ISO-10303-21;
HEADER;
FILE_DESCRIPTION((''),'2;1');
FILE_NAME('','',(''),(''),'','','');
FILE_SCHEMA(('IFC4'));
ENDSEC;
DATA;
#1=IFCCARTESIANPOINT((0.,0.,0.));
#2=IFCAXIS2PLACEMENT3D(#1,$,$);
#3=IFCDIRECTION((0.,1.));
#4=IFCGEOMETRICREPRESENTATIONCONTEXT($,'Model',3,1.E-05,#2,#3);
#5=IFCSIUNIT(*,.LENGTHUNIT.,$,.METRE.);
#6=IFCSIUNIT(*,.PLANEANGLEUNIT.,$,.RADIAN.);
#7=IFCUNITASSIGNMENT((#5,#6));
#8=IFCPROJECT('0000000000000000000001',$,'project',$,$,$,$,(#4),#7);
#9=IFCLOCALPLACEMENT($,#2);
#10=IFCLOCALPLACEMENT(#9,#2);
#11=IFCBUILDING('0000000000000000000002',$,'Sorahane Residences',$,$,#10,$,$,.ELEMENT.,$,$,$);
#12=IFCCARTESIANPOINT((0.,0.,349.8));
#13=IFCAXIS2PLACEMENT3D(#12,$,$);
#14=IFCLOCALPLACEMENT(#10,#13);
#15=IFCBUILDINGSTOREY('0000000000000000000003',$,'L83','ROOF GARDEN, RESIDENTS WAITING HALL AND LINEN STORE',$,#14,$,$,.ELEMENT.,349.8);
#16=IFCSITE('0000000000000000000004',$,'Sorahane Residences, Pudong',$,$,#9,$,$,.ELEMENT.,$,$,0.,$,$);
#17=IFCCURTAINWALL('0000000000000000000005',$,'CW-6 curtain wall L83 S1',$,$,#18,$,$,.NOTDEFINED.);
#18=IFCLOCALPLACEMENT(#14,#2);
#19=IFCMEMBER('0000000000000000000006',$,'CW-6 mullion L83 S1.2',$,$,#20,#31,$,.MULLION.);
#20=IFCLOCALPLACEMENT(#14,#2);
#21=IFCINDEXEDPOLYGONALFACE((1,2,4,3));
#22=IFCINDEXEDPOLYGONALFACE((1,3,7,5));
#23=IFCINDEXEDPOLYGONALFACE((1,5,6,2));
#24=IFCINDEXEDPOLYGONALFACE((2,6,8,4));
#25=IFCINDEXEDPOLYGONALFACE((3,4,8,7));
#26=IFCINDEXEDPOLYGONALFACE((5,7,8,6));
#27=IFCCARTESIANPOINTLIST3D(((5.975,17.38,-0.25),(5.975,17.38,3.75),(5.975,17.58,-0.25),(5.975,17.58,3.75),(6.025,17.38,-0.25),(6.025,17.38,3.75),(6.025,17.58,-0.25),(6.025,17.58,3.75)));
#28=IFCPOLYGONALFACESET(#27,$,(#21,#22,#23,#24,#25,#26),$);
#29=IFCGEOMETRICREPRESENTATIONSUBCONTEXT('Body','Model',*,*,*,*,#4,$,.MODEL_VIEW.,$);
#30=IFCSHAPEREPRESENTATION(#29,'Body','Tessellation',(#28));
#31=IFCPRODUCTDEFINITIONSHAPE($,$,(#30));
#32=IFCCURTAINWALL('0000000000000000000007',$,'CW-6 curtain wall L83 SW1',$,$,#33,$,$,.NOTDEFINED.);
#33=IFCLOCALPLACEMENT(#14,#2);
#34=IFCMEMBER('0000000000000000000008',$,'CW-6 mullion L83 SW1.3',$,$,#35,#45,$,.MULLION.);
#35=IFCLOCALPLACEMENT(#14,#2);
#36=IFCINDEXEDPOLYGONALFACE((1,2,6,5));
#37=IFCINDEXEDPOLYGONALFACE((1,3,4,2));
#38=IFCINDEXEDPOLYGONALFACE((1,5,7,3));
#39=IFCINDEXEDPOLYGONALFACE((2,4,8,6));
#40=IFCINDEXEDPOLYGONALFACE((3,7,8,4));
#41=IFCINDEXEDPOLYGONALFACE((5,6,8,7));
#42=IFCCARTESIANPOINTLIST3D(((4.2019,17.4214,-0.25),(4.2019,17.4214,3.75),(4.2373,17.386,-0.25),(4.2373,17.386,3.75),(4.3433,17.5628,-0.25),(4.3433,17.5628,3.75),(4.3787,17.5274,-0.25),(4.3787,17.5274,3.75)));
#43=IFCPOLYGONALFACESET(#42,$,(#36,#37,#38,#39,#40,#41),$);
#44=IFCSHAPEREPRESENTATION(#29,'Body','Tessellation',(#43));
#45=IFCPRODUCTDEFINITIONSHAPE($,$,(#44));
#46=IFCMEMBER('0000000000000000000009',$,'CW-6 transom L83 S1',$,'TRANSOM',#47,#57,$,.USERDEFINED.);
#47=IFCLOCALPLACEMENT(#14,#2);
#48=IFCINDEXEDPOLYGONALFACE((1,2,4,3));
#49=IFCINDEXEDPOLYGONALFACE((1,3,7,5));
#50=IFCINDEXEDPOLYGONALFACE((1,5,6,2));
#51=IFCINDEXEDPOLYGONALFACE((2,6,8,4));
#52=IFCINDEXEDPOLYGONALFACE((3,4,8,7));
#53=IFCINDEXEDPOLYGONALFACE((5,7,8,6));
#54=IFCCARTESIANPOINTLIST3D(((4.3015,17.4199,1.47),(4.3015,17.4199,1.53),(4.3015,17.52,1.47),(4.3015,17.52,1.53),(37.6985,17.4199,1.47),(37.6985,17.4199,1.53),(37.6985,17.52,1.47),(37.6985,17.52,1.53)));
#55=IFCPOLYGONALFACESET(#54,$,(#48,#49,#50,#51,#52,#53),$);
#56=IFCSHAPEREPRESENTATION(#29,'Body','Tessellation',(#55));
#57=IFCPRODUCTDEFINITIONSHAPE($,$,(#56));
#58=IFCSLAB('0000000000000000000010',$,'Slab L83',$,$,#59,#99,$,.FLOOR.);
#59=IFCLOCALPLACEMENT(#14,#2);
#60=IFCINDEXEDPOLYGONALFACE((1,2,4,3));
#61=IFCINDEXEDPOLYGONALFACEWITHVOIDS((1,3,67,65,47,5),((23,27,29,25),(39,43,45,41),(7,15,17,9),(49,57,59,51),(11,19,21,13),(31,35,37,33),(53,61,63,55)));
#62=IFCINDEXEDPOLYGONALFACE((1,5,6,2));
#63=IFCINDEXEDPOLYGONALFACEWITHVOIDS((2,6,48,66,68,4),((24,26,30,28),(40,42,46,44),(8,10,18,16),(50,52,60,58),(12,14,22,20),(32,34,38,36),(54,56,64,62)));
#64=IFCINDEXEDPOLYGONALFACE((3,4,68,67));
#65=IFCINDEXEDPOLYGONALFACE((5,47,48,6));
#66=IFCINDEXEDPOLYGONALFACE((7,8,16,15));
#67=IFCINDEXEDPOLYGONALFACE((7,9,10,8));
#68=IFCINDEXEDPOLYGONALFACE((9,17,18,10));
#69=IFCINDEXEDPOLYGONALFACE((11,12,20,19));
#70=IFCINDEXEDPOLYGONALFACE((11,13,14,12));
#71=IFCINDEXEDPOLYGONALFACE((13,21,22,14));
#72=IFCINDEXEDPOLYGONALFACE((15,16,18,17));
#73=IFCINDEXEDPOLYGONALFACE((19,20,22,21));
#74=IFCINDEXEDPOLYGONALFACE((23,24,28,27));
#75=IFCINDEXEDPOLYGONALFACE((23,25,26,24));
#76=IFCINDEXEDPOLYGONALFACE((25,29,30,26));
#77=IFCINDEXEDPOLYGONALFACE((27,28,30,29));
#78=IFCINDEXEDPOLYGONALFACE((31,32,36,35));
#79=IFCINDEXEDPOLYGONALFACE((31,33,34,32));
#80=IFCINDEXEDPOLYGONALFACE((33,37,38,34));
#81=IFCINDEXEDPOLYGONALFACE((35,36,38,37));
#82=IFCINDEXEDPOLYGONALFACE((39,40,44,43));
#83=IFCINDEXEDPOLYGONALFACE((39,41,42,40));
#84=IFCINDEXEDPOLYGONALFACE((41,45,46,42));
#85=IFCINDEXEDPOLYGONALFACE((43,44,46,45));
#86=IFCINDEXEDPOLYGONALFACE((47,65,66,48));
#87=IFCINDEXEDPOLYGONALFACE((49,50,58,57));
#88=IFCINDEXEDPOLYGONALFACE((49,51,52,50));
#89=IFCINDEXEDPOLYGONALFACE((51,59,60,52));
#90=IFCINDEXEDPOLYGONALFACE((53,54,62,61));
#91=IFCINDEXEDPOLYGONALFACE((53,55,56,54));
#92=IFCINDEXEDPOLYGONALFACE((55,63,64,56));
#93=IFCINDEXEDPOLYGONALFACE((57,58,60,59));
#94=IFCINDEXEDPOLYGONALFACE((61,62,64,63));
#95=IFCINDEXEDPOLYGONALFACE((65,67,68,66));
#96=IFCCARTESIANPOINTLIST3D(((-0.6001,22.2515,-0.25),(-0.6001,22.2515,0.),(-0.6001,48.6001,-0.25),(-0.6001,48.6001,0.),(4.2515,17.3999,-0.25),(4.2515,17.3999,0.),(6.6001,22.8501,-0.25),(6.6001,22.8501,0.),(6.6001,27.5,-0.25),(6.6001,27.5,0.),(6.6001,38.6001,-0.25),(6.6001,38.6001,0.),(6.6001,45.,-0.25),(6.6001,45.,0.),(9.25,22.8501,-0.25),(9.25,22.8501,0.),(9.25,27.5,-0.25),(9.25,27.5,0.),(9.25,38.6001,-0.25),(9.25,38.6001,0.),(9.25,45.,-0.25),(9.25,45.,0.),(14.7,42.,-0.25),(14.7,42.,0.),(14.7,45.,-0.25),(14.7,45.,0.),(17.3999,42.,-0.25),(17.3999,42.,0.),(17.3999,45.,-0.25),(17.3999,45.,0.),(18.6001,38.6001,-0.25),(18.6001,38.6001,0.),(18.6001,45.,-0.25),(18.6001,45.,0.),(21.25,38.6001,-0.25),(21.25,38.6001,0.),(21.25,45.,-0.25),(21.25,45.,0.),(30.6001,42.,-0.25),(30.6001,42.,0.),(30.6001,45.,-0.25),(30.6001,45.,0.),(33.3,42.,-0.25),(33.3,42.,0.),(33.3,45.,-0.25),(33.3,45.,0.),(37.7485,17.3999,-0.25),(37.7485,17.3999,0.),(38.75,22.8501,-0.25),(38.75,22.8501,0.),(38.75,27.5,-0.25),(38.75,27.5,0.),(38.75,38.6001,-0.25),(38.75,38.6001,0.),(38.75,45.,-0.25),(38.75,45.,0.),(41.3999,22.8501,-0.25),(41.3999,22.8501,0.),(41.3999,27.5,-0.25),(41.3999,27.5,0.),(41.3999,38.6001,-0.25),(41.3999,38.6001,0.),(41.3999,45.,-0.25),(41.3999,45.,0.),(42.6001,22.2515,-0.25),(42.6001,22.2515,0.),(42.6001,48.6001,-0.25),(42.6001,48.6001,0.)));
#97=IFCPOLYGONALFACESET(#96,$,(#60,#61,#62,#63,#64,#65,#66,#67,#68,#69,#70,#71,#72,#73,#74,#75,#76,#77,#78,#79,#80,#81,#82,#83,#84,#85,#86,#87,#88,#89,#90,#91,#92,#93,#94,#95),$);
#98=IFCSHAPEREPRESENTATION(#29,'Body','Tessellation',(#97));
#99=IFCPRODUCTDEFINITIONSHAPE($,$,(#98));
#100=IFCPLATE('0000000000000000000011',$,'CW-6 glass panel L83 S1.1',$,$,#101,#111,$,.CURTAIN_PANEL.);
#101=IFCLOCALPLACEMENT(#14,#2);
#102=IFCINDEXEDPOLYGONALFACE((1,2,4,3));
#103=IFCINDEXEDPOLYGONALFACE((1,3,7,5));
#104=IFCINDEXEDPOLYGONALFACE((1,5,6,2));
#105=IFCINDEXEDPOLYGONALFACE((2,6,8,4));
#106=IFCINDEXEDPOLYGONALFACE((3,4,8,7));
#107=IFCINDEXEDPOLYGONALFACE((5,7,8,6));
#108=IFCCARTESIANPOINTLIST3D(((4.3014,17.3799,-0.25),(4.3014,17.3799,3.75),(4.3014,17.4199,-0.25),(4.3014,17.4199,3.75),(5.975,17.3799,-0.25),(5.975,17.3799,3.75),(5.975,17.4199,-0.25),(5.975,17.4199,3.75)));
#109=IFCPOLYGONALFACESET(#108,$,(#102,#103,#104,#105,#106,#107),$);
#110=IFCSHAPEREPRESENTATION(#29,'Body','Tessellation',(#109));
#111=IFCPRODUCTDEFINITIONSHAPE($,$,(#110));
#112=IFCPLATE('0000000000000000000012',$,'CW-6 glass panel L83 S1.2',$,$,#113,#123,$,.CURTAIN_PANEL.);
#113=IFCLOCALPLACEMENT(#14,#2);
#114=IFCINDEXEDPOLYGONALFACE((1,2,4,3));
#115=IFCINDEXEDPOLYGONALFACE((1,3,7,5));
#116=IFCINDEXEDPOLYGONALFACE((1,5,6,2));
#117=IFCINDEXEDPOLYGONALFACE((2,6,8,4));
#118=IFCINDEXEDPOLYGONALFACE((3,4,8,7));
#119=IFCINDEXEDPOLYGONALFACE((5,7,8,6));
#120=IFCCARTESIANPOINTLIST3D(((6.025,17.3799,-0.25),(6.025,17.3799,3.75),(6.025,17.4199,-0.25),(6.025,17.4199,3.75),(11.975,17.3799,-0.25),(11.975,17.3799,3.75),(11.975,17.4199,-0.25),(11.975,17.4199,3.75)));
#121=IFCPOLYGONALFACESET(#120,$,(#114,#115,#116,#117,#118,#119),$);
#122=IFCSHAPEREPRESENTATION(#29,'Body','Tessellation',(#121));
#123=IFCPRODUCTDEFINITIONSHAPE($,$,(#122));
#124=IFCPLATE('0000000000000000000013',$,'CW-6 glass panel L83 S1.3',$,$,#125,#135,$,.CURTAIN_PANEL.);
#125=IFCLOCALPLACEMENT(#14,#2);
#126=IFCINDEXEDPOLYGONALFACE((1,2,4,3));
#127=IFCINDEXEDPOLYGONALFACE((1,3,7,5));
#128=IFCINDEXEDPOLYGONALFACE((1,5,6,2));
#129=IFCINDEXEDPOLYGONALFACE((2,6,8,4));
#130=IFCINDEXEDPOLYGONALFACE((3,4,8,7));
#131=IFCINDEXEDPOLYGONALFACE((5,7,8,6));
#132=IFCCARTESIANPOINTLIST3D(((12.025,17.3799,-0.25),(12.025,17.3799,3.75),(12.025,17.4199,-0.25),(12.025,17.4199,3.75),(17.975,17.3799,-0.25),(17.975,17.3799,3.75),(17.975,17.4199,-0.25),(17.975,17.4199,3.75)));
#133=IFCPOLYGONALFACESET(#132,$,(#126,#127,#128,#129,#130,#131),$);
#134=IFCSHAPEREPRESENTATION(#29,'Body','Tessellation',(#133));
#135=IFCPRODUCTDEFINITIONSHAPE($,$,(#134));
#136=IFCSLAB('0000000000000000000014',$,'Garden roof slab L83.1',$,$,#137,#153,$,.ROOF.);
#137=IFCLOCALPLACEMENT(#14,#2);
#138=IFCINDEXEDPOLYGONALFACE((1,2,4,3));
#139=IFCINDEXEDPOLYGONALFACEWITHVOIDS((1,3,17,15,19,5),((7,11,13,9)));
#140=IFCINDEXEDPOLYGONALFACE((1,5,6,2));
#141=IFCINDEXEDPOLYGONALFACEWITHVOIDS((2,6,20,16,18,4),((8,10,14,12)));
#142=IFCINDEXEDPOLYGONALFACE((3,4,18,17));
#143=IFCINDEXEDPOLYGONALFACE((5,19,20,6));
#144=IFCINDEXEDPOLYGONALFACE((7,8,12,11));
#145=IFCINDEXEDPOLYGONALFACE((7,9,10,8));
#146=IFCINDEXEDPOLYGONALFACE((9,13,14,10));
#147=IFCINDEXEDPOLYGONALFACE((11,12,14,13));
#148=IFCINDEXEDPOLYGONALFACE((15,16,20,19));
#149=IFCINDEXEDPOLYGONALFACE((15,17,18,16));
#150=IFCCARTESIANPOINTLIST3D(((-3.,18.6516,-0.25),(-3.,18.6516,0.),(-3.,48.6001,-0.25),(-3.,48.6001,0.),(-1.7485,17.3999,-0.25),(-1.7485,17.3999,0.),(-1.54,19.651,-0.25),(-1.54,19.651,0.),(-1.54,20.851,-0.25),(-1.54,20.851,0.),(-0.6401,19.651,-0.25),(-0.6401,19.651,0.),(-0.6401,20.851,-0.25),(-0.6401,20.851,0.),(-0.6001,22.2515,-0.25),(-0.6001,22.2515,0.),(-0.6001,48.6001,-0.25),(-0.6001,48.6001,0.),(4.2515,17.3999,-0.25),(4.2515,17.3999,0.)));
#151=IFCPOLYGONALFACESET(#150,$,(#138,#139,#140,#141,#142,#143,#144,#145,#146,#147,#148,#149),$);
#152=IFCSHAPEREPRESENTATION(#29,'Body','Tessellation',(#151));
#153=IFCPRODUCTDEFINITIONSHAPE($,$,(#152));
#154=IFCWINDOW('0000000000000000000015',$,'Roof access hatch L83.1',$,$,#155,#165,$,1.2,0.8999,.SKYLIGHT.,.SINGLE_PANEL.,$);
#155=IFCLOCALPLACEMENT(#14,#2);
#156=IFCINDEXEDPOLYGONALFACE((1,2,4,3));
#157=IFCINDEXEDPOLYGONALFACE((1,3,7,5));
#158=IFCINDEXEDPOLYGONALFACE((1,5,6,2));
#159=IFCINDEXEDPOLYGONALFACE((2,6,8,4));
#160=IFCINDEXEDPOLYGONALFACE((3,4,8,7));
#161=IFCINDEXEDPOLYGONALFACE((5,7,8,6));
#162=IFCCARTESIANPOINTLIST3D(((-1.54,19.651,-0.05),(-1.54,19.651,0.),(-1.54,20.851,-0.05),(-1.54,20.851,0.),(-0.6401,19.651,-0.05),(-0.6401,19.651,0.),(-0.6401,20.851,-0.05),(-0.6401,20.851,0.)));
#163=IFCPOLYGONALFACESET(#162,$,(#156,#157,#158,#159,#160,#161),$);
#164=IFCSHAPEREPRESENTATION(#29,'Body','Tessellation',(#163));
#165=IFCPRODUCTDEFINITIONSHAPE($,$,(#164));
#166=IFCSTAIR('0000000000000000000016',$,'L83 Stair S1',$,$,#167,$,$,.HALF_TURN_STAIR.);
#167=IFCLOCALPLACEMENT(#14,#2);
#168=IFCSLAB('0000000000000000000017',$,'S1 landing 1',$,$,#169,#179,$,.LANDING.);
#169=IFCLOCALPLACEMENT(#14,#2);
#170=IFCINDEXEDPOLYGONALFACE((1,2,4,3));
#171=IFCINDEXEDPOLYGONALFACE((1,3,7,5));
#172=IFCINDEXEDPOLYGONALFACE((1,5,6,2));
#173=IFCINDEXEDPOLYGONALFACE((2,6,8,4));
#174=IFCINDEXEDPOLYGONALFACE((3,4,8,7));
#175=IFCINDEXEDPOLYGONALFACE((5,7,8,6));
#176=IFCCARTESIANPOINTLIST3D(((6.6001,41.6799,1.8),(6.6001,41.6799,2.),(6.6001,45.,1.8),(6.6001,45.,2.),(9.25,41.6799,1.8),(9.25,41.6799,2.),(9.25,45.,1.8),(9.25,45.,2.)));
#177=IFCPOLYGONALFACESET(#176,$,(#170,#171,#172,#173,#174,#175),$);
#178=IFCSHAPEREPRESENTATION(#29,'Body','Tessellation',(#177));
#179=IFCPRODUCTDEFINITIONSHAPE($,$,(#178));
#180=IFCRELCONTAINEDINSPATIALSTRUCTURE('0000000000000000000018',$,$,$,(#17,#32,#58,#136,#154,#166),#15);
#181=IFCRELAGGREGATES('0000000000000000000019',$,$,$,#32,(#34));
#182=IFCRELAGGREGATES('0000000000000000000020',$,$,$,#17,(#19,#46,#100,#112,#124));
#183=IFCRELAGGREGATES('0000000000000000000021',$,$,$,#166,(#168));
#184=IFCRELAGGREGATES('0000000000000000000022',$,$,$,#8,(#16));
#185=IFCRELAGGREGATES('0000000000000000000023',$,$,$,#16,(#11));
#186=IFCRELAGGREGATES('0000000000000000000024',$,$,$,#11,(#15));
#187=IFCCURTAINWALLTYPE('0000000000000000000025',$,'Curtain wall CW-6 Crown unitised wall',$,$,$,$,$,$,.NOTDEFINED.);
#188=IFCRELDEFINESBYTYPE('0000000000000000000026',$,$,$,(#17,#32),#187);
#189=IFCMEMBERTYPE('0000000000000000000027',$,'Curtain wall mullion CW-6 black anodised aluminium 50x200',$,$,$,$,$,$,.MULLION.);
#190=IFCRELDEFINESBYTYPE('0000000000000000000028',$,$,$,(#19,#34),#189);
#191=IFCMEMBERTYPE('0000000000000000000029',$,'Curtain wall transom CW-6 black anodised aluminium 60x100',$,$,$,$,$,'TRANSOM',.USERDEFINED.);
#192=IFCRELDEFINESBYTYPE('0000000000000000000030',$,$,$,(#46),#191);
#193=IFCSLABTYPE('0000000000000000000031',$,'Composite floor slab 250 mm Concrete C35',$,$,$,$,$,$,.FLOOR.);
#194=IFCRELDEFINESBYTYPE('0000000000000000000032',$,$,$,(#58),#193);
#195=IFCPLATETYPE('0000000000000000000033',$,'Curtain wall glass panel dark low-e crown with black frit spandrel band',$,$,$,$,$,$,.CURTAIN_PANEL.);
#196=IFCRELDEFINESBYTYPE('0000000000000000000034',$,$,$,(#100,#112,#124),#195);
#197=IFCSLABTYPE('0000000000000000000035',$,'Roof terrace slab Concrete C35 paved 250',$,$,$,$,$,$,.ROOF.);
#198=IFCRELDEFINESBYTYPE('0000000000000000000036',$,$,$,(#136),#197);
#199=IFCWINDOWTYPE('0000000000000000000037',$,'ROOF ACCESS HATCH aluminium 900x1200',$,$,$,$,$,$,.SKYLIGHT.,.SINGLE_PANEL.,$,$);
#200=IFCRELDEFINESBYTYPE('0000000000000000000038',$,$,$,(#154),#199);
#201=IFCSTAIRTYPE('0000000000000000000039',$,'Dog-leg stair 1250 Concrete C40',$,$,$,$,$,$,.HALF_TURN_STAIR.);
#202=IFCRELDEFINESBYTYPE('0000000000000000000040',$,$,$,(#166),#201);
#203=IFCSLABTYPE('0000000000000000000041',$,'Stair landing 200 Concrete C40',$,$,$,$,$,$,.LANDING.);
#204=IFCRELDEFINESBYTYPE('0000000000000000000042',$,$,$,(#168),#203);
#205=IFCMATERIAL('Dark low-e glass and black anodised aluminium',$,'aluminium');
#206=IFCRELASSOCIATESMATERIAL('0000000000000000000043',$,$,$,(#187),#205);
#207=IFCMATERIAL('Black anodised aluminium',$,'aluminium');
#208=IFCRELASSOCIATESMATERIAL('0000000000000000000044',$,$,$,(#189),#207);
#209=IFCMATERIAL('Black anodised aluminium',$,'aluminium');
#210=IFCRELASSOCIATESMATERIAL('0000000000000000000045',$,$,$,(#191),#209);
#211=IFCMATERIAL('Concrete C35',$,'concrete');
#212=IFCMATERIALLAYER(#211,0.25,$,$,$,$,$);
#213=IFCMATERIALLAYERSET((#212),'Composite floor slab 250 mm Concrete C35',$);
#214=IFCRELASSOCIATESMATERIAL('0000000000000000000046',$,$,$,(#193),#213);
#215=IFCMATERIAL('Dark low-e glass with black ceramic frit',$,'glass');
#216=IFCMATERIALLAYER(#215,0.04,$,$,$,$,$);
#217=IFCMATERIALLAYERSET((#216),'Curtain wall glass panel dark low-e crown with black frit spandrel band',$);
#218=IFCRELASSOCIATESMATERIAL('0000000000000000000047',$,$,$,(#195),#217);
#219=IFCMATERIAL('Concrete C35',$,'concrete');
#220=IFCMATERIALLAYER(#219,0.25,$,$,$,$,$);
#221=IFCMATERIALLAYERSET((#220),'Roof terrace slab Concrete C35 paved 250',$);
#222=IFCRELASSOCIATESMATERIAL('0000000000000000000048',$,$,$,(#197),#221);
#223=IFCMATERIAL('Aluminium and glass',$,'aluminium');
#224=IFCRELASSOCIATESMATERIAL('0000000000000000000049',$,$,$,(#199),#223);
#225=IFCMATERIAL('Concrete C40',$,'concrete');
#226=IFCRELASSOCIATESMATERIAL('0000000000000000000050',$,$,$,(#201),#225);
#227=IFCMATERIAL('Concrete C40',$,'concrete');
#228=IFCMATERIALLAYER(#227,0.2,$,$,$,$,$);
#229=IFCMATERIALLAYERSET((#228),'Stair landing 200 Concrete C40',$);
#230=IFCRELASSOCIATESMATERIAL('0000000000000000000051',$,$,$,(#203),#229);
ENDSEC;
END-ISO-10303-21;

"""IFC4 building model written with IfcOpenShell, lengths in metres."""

from ifc_helpers import new_model, si_unit, direction, frame, origin, origin_2d, place, context, subcontext, project, spatial, polyline, rectangle, outline, extrude, material, layer, layer_set, material_profile, profile_set, type_object, element, fill, aggregate, save


model = new_model("IFC4")

# Units and contexts
model_context = context("Model", 3, precision=1e-05, world=origin(), true_north=direction((0.0, 1.0)))
body_context = subcontext(model_context, "Body", "Model", "MODEL_VIEW")
ifc_project = project(units=[si_unit("LENGTHUNIT", "METRE"), si_unit("PLANEANGLEUNIT", "RADIAN")], contexts=[model_context])

# Site, building, storey
site_placement = place(None, origin())
site = spatial("IfcSite", under=ifc_project, at=site_placement, Name="Sorahane Residences, Pudong", CompositionType="ELEMENT", RefElevation=0.0)
building_placement = place(site_placement, origin())
building = spatial("IfcBuilding", under=site, at=building_placement, Name="Sorahane Residences", CompositionType="ELEMENT")
storey_placement = place(building_placement, frame((0.0, 0.0, 349.8)))
storey = spatial("IfcBuildingStorey", under=building, at=storey_placement, Name="L83", Description="ROOF GARDEN, RESIDENTS WAITING HALL AND LINEN STORE", CompositionType="ELEMENT", Elevation=349.8)

# Curtain walls, members
ifc_material_1 = material(Name="Dark low-e glass and black anodised aluminium", Category="aluminium")
curtain_wall_type = type_object("IfcCurtainWallType", Name="Curtain wall CW-6 Crown unitised wall", PredefinedType="NOTDEFINED", material=ifc_material_1)
curtain_wall_1_placement = place(storey_placement, origin())
curtain_wall_1 = element("IfcCurtainWall", 1, at=curtain_wall_1_placement, inside=storey, type_object=curtain_wall_type, Name="CW-6 curtain wall L83 S1", PredefinedType="NOTDEFINED")
ifc_material_2 = material(Name="Black anodised aluminium", Category="aluminium")
ifc_material_profile_1 = material_profile(ifc_material_2, rectangle(XDim=0.2, YDim=0.05, at=origin_2d()), Name="Curtain wall mullion CW-6 black anodised aluminium 50x200")
ifc_profile_set_1 = profile_set([ifc_material_profile_1], Name="Black anodised aluminium")
member_type_1 = type_object("IfcMemberType", Name="Curtain wall mullion CW-6 black anodised aluminium 50x200", PredefinedType="MULLION", material=ifc_profile_set_1)
member_1_placement = place(storey_placement, frame((6.0, 17.48, -0.25), z_axis=(0.0, 0.0, 1.0), x_axis=(0.0, -1.0, 0.0)))
member_1 = element("IfcMember", 2, at=member_1_placement, type_object=member_type_1, Name="CW-6 mullion L83 S1.2", PredefinedType="MULLION", context=body_context, shape_type="SweptSolid", body=[
    extrude(rectangle(XDim=0.2, YDim=0.05, at=origin_2d()), origin(), (0.0, 0.0, 1.0), 4.0),
])
curtain_wall_2_placement = place(storey_placement, origin())
curtain_wall_2 = element("IfcCurtainWall", 3, at=curtain_wall_2_placement, inside=storey, type_object=curtain_wall_type, Name="CW-6 curtain wall L83 SW1", PredefinedType="NOTDEFINED")
member_2_placement = place(storey_placement, frame((4.2903, 17.4744, -0.25), z_axis=(0.0, 0.0, 1.0), x_axis=(-0.707107, -0.707107, 0.0)))
member_2 = element("IfcMember", 4, at=member_2_placement, type_object=member_type_1, Name="CW-6 mullion L83 SW1.3", PredefinedType="MULLION", context=body_context, shape_type="SweptSolid", body=[
    extrude(rectangle(XDim=0.2, YDim=0.05, at=origin_2d()), origin(), (0.0, 0.0, 1.0), 4.0),
])
aggregate(curtain_wall_2, [member_2])

# Member
ifc_material_3 = material(Name="Black anodised aluminium", Category="aluminium")
ifc_material_profile_2 = material_profile(ifc_material_3, rectangle(XDim=0.1001, YDim=0.0601, at=origin_2d()), Name="Curtain wall transom CW-6 black anodised aluminium 60x100")
ifc_profile_set_2 = profile_set([ifc_material_profile_2], Name="Black anodised aluminium")
member_type_2 = type_object("IfcMemberType", Name="Curtain wall transom CW-6 black anodised aluminium 60x100", ElementType="TRANSOM", PredefinedType="USERDEFINED", material=ifc_profile_set_2)
member_3_placement = place(storey_placement, frame((4.3015, 17.47, 1.5), z_axis=(1.0, 0.0, 0.0), x_axis=(0.0, 1.0, 0.0)))
member_3 = element("IfcMember", 5, at=member_3_placement, type_object=member_type_2, Name="CW-6 transom L83 S1", ObjectType="TRANSOM", PredefinedType="USERDEFINED", context=body_context, shape_type="SweptSolid", body=[
    extrude(rectangle(XDim=0.1001, YDim=0.0601, at=origin_2d()), origin(), (0.0, 0.0, 1.0), 33.397),
])

# Slab
ifc_material_4 = material(Name="Concrete C35", Category="concrete")
ifc_layer_1 = layer(ifc_material_4, 0.25)
ifc_layer_set_1 = layer_set([ifc_layer_1], Name="Composite floor slab 250 mm Concrete C35")
slab_type_1 = type_object("IfcSlabType", Name="Composite floor slab 250 mm Concrete C35", PredefinedType="FLOOR", material=ifc_layer_set_1)
slab_1_placement = place(storey_placement, frame((0.0, 0.0, -0.25)))
element("IfcSlab", 6, at=slab_1_placement, inside=storey, type_object=slab_type_1, Name="Slab L83", PredefinedType="FLOOR", context=body_context, shape_type="SweptSolid", body=[
    extrude(outline(polyline([(4.2515, 17.3999), (-0.6001, 22.2515), (-0.6001, 48.6001), (42.6001, 48.6001), (42.6001, 22.2515), (37.7485, 17.3999), (4.2515, 17.3999)]), holes=[polyline([(30.6001, 42.0), (33.3, 42.0), (33.3, 45.0), (30.6001, 45.0), (30.6001, 42.0)]), polyline([(14.7, 42.0), (17.3999, 42.0), (17.3999, 45.0), (14.7, 45.0), (14.7, 42.0)]), polyline([(9.25, 38.6001), (9.25, 45.0), (6.6001, 45.0), (6.6001, 38.6001), (9.25, 38.6001)]), polyline([(41.3999, 38.6001), (41.3999, 45.0), (38.75, 45.0), (38.75, 38.6001), (41.3999, 38.6001)]), polyline([(21.25, 38.6001), (21.25, 45.0), (18.6001, 45.0), (18.6001, 38.6001), (21.25, 38.6001)]), polyline([(9.25, 22.8501), (9.25, 27.5), (6.6001, 27.5), (6.6001, 22.8501), (9.25, 22.8501)]), polyline([(41.3999, 22.8501), (41.3999, 27.5), (38.75, 27.5), (38.75, 22.8501), (41.3999, 22.8501)])]), origin(), (0.0, 0.0, 1.0), 0.25),
])

# Plates
ifc_material_5 = material(Name="Dark low-e glass with black ceramic frit", Category="glass")
ifc_layer_2 = layer(ifc_material_5, 0.04)
ifc_layer_set_2 = layer_set([ifc_layer_2], Name="Curtain wall glass panel dark low-e crown with black frit spandrel band")
plate_type = type_object("IfcPlateType", Name="Curtain wall glass panel dark low-e crown with black frit spandrel band", PredefinedType="CURTAIN_PANEL", material=ifc_layer_set_2)
plate_1_placement = place(storey_placement, frame((5.1382, 17.3999, -0.25), z_axis=(0.0, 0.0, 1.0), x_axis=(1.0, 0.0, 0.0)))
plate_1 = element("IfcPlate", 7, at=plate_1_placement, type_object=plate_type, Name="CW-6 glass panel L83 S1.1", PredefinedType="CURTAIN_PANEL", context=body_context, shape_type="SweptSolid", body=[
    extrude(rectangle(XDim=1.6736, YDim=0.04, at=origin_2d()), origin(), (0.0, 0.0, 1.0), 4.0),
])
plate_2_placement = place(storey_placement, frame((9.0, 17.3999, -0.25), z_axis=(0.0, 0.0, 1.0), x_axis=(1.0, 0.0, 0.0)))
plate_2 = element("IfcPlate", 8, at=plate_2_placement, type_object=plate_type, Name="CW-6 glass panel L83 S1.2", PredefinedType="CURTAIN_PANEL", context=body_context, shape_type="SweptSolid", body=[
    extrude(rectangle(XDim=5.95, YDim=0.04, at=origin_2d()), origin(), (0.0, 0.0, 1.0), 4.0),
])
plate_3_placement = place(storey_placement, frame((15.0, 17.3999, -0.25), z_axis=(0.0, 0.0, 1.0), x_axis=(1.0, 0.0, 0.0)))
plate_3 = element("IfcPlate", 9, at=plate_3_placement, type_object=plate_type, Name="CW-6 glass panel L83 S1.3", PredefinedType="CURTAIN_PANEL", context=body_context, shape_type="SweptSolid", body=[
    extrude(rectangle(XDim=5.95, YDim=0.04, at=origin_2d()), origin(), (0.0, 0.0, 1.0), 4.0),
])
aggregate(curtain_wall_1, [member_1, member_3, plate_1, plate_2, plate_3])

# Slab, opening, window
ifc_material_6 = material(Name="Concrete C35", Category="concrete")
ifc_layer_3 = layer(ifc_material_6, 0.25)
ifc_layer_set_3 = layer_set([ifc_layer_3], Name="Roof terrace slab Concrete C35 paved 250")
slab_type_2 = type_object("IfcSlabType", Name="Roof terrace slab Concrete C35 paved 250", PredefinedType="ROOF", material=ifc_layer_set_3)
slab_2_placement = place(storey_placement, frame((0.0, 0.0, -0.25)))
slab_2 = element("IfcSlab", 10, at=slab_2_placement, inside=storey, type_object=slab_type_2, Name="Garden roof slab L83.1", PredefinedType="ROOF", context=body_context, shape_type="SweptSolid", body=[
    extrude(outline(polyline([(-0.6001, 48.6001), (-0.6001, 22.2515), (4.2515, 17.3999), (-1.7485, 17.3999), (-3.0, 18.6516), (-3.0, 48.6001), (-0.6001, 48.6001)])), origin(), (0.0, 0.0, 1.0), 0.25),
])
opening_placement = place(slab_2_placement, frame((-1.0901, 20.251, 0.0)))
opening = element("IfcOpeningElement", 11, at=opening_placement, cuts=slab_2, PredefinedType="OPENING", context=body_context, shape_type="SweptSolid", body=[
    extrude(rectangle(XDim=0.8999, YDim=1.2, at=origin_2d()), frame((0.0, 0.0, -0.01)), (0.0, 0.0, 1.0), 0.27),
])
ifc_material_7 = material(Name="Aluminium and glass", Category="aluminium")
window_type = type_object("IfcWindowType", Name="ROOF ACCESS HATCH aluminium 900x1200", PartitioningType="SINGLE_PANEL", PredefinedType="SKYLIGHT", material=ifc_material_7)
window_placement = place(opening_placement, frame((0.0, 0.0, 0.2)))
window = element("IfcWindow", 12, at=window_placement, inside=storey, type_object=window_type, Name="Roof access hatch L83.1", OverallHeight=1.2, OverallWidth=0.8999, PartitioningType="SINGLE_PANEL", PredefinedType="SKYLIGHT", context=body_context, shape_type="SweptSolid", body=[
    extrude(rectangle(XDim=0.8999, YDim=1.2, at=origin_2d()), origin(), (0.0, 0.0, 1.0), 0.05),
])
fill(opening, window)

# Stair, slab
ifc_material_8 = material(Name="Concrete C40", Category="concrete")
stair_type = type_object("IfcStairType", Name="Dog-leg stair 1250 Concrete C40", PredefinedType="HALF_TURN_STAIR", material=ifc_material_8)
stair_1_placement = place(storey_placement, origin())
stair_1 = element("IfcStair", 13, at=stair_1_placement, inside=storey, type_object=stair_type, Name="L83 Stair S1", PredefinedType="HALF_TURN_STAIR")
ifc_material_9 = material(Name="Concrete C40", Category="concrete")
ifc_layer_4 = layer(ifc_material_9, 0.2)
ifc_layer_set_4 = layer_set([ifc_layer_4], Name="Stair landing 200 Concrete C40")
slab_type_3 = type_object("IfcSlabType", Name="Stair landing 200 Concrete C40", PredefinedType="LANDING", material=ifc_layer_set_4)
slab_3_placement = place(storey_placement, frame((0.0, 0.0, 1.8)))
slab_3 = element("IfcSlab", 14, at=slab_3_placement, type_object=slab_type_3, Name="S1 landing 1", PredefinedType="LANDING", context=body_context, shape_type="SweptSolid", body=[
    extrude(outline(polyline([(9.25, 41.6799), (9.25, 45.0), (6.6001, 45.0), (6.6001, 41.6799), (9.25, 41.6799)])), origin(), (0.0, 0.0, 1.0), 0.2),
])
aggregate(stair_1, [slab_3])

save(model, "model.ifc")
